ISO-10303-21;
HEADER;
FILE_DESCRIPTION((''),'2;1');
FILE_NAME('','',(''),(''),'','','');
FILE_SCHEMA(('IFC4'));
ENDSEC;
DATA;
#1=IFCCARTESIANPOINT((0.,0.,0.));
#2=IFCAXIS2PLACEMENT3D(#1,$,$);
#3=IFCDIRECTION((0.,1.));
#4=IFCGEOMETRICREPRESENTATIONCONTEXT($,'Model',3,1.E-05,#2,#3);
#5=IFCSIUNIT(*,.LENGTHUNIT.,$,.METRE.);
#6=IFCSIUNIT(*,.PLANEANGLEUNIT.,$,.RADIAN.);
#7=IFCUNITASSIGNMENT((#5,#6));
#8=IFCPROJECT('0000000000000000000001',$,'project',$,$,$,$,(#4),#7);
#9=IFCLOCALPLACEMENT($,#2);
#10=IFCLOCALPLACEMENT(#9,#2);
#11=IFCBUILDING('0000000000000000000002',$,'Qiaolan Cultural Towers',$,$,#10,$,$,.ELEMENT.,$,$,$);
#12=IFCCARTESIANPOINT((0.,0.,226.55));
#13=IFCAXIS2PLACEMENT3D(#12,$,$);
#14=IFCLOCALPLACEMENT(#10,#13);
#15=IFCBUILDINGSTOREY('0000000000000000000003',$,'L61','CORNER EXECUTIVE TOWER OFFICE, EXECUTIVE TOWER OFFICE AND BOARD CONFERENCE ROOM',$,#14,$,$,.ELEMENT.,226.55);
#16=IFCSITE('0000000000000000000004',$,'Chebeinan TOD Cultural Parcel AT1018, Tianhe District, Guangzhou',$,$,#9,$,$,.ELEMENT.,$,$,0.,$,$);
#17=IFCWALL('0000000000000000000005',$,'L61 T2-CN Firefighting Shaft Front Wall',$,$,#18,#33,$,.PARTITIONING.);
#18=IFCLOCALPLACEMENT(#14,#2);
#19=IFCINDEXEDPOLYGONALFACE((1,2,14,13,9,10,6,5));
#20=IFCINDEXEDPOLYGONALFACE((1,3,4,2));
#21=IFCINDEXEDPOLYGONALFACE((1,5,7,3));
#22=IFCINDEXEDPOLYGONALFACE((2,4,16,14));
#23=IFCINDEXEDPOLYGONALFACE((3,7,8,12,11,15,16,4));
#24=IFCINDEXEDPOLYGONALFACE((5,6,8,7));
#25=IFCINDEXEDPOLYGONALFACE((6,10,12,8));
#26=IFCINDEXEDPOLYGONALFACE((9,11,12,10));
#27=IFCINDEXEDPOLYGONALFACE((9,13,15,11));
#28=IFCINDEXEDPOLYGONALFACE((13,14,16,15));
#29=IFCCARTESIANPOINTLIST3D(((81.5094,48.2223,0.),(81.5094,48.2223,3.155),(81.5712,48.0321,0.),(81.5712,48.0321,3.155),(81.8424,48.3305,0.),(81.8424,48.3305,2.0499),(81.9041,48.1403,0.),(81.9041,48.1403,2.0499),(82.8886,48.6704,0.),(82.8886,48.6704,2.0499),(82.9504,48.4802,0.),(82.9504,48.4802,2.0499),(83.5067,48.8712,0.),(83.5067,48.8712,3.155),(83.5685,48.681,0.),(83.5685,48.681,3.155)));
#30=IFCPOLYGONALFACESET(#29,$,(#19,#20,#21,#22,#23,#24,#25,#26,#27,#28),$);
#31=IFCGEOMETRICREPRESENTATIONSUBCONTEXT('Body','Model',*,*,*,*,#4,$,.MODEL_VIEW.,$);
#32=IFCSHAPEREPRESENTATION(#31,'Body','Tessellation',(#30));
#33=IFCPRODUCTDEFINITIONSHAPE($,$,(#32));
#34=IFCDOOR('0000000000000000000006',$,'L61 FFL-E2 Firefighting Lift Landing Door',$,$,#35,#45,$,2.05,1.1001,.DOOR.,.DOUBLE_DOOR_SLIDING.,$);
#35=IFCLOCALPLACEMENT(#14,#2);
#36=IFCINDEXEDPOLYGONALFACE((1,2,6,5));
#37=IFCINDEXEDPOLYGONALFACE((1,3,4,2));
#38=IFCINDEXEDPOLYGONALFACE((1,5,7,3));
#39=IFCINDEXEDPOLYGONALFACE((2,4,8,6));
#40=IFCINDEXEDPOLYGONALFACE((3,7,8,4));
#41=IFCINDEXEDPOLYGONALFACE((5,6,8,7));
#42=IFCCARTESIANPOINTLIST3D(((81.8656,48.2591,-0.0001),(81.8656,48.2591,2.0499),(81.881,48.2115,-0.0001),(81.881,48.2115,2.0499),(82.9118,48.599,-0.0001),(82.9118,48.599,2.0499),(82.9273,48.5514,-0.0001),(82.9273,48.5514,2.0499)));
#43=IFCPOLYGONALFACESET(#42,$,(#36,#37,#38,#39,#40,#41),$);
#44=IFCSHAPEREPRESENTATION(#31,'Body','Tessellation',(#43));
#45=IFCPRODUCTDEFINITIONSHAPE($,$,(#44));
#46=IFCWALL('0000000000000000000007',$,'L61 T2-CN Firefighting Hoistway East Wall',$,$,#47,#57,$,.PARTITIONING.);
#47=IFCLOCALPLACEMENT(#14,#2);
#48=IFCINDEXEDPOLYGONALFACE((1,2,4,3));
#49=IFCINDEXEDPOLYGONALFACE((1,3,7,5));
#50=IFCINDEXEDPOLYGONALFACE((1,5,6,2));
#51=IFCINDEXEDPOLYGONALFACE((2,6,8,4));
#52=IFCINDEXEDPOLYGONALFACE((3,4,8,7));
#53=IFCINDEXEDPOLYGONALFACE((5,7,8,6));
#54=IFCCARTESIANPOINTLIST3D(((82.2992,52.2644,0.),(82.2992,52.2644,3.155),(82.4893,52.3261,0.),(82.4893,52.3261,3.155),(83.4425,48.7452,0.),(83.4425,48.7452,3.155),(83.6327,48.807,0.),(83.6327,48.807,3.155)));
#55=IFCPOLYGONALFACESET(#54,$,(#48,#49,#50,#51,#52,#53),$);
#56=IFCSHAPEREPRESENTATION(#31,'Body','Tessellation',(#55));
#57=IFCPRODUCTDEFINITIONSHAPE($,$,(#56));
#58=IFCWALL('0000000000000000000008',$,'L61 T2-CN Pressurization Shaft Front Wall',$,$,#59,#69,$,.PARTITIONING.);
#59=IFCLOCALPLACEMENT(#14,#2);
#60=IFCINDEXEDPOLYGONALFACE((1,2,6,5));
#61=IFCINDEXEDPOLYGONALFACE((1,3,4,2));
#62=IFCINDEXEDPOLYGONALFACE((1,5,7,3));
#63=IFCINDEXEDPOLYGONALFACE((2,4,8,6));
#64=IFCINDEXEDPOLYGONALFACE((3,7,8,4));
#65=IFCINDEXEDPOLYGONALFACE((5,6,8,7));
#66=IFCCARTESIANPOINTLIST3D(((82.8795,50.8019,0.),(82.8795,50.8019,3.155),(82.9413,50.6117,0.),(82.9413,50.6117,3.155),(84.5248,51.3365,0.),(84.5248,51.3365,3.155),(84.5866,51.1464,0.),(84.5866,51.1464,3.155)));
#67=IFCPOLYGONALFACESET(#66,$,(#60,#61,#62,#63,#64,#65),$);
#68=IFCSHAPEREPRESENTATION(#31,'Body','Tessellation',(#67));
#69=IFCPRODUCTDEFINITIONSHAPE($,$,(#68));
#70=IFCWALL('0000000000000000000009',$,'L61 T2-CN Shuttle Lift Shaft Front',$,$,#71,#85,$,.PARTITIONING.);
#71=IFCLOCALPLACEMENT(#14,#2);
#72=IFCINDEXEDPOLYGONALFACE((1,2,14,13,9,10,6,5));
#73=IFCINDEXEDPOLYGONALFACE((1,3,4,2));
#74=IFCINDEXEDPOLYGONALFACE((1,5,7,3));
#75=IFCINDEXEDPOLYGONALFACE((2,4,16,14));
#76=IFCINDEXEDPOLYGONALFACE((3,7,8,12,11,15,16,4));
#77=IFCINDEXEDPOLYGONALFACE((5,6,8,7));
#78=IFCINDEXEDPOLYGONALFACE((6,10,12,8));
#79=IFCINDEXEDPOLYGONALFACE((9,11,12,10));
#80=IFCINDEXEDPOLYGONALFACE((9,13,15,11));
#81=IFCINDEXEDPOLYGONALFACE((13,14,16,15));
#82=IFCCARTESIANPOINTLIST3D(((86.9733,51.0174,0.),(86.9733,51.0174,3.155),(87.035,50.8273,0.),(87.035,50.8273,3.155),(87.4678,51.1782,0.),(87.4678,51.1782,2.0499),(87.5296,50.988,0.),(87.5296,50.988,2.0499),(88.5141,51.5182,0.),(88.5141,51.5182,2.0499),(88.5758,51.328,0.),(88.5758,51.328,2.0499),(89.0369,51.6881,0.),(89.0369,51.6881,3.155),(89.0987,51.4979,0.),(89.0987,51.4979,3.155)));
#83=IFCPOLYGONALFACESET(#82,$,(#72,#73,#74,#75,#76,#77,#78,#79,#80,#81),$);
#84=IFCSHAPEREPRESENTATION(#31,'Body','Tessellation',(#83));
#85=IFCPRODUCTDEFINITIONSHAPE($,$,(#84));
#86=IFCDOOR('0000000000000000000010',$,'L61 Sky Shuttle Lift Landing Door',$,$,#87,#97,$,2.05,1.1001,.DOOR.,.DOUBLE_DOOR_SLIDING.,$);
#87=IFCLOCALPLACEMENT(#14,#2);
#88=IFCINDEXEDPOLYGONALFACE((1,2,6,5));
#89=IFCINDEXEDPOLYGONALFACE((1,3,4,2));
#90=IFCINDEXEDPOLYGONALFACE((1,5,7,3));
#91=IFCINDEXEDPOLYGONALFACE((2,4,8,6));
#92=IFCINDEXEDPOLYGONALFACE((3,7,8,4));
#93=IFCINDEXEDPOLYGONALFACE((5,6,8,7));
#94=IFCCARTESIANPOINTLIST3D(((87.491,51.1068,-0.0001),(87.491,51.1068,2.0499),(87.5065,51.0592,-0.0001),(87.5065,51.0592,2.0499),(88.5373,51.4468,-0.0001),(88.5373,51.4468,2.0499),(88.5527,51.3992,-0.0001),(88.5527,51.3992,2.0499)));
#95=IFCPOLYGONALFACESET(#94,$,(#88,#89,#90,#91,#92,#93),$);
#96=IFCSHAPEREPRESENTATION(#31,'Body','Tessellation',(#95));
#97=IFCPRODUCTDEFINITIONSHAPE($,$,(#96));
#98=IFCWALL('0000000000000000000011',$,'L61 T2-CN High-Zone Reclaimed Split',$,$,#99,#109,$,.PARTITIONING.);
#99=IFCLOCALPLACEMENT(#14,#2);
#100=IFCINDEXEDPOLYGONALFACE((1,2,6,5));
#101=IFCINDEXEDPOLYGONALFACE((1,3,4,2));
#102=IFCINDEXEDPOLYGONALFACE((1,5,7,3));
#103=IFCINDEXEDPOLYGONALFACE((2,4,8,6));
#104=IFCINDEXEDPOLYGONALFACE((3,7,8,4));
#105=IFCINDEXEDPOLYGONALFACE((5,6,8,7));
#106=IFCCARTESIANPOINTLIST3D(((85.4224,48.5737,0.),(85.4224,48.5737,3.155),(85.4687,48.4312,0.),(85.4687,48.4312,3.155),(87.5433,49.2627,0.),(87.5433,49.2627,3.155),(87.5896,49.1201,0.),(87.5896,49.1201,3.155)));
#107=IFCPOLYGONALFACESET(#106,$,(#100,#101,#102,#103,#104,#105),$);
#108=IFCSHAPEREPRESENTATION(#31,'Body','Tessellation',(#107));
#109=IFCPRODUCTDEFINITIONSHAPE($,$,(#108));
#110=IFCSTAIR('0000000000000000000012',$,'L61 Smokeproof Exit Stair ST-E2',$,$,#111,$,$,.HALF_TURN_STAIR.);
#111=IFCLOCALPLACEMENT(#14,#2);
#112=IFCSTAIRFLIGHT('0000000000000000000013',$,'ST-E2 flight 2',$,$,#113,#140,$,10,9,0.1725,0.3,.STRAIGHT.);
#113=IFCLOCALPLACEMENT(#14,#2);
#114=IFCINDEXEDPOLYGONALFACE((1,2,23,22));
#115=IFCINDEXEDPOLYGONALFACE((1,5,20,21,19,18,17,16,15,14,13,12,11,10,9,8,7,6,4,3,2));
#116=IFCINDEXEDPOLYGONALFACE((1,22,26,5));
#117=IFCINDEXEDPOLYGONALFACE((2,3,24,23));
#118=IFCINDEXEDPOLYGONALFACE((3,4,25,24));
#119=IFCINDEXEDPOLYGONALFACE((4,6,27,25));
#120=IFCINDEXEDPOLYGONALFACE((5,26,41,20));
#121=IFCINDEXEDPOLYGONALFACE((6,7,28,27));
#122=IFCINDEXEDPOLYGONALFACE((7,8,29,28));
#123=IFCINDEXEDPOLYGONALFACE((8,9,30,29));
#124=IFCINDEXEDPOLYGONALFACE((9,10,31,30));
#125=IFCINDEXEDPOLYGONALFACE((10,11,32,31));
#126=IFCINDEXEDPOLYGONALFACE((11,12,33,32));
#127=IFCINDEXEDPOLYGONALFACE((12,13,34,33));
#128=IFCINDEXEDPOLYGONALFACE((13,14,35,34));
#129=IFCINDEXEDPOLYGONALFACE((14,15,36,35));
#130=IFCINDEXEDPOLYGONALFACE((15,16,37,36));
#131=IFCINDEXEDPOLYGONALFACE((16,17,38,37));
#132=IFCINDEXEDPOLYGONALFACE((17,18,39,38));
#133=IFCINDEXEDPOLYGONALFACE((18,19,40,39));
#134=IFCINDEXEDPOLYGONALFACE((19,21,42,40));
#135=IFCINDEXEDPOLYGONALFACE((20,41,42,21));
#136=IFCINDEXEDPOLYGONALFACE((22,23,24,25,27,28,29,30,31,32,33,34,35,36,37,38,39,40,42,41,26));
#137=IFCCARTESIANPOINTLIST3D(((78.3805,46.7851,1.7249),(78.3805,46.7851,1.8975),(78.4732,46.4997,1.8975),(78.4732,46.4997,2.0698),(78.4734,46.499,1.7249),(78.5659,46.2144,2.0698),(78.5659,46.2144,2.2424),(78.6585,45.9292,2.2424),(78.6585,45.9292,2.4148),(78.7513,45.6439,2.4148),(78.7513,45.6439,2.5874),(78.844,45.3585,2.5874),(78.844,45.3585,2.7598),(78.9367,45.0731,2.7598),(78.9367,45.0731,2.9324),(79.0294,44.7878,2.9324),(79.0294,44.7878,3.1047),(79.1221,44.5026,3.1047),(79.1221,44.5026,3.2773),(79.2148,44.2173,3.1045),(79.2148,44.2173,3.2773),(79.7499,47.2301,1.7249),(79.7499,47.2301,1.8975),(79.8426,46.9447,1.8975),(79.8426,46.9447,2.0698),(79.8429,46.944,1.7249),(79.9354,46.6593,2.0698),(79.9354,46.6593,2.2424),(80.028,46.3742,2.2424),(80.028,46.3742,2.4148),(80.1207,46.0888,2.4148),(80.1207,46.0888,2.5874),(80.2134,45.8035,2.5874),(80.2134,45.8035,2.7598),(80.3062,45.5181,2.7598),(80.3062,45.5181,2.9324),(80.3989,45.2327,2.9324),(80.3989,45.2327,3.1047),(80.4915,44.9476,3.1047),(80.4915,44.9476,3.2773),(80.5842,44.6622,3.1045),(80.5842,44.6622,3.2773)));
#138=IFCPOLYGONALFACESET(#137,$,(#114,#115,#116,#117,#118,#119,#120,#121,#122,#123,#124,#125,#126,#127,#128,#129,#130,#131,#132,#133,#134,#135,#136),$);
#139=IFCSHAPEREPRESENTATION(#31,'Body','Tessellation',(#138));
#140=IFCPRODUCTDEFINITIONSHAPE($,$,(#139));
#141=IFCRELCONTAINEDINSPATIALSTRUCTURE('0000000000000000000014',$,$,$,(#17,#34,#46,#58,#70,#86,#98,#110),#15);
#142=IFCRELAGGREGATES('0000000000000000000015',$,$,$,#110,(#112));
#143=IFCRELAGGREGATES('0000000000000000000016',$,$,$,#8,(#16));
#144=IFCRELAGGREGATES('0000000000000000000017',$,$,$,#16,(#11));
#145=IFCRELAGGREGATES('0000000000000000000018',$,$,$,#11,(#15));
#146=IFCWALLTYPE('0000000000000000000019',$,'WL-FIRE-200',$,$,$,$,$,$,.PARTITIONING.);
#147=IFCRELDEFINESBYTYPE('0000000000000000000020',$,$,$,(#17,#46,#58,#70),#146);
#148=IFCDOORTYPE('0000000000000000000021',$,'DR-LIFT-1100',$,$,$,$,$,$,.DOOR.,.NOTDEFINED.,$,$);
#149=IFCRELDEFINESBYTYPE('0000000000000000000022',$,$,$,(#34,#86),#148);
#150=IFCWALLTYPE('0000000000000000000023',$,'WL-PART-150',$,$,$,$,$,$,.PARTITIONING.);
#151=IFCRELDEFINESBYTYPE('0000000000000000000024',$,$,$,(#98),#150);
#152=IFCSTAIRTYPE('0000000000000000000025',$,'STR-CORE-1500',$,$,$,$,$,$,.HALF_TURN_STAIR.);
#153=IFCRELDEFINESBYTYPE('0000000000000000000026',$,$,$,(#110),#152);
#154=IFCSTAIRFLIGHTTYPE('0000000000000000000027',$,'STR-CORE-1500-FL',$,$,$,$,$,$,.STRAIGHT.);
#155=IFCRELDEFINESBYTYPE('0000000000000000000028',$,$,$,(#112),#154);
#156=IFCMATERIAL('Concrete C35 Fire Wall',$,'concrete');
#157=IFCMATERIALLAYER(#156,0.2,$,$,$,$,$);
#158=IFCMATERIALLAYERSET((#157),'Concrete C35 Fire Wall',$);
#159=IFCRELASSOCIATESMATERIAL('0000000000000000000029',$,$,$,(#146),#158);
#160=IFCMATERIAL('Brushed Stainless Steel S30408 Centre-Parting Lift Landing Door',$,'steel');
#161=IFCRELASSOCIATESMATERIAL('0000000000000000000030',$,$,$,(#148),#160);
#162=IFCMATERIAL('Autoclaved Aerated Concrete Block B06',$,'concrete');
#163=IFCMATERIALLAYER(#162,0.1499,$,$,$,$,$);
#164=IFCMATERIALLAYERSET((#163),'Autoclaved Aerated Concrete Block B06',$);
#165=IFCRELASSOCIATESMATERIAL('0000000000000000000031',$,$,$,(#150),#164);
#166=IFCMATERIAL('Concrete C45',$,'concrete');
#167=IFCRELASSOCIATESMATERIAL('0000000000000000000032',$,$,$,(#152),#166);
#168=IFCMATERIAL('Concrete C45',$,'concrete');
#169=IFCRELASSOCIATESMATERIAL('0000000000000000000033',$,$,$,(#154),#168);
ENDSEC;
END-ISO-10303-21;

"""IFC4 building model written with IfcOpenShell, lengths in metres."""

from ifc_helpers import new_model, si_unit, direction, frame, frame_2d, origin, place, context, subcontext, project, spatial, polyline, rectangle, outline, extrude, material, layer, layer_set, type_object, element, fill, aggregate, save


model = new_model("IFC4")

# Units and contexts
model_context = context("Model", 3, precision=1e-05, world=origin(), true_north=direction((0.0, 1.0)))
body_context = subcontext(model_context, "Body", "Model", "MODEL_VIEW")
ifc_project = project(units=[si_unit("LENGTHUNIT", "METRE"), si_unit("PLANEANGLEUNIT", "RADIAN")], contexts=[model_context])

# Site, building, storey
site_placement = place(None, origin())
site = spatial("IfcSite", under=ifc_project, at=site_placement, Name="Chebeinan TOD Cultural Parcel AT1018, Tianhe District, Guangzhou", CompositionType="ELEMENT", RefElevation=0.0)
building_placement = place(site_placement, origin())
building = spatial("IfcBuilding", under=site, at=building_placement, Name="Qiaolan Cultural Towers", CompositionType="ELEMENT")
storey_placement = place(building_placement, frame((0.0, 0.0, 226.55)))
storey = spatial("IfcBuildingStorey", under=building, at=storey_placement, Name="L61", Description="CORNER EXECUTIVE TOWER OFFICE, EXECUTIVE TOWER OFFICE AND BOARD CONFERENCE ROOM", CompositionType="ELEMENT", Elevation=226.55)

# Wall, opening, door
ifc_material_1 = material(Name="Concrete C35 Fire Wall", Category="concrete")
ifc_layer_1 = layer(ifc_material_1, 0.2)
ifc_layer_set_1 = layer_set([ifc_layer_1], Name="Concrete C35 Fire Wall")
wall_type_1 = type_object("IfcWallType", Name="WL-FIRE-200", PredefinedType="PARTITIONING", material=ifc_layer_set_1)
wall_1_placement = place(storey_placement, frame((81.5403, 48.1272, 0.0), z_axis=(0.0, 0.0, 1.0), x_axis=(0.951062, 0.308999, 0.0)))
wall_1 = element("IfcWall", 1, at=wall_1_placement, inside=storey, type_object=wall_type_1, Name="L61 T2-CN Firefighting Shaft Front Wall", PredefinedType="PARTITIONING", context=body_context, shape_type="SweptSolid", body=[
    extrude(rectangle(XDim=2.1001, YDim=0.2, at=frame_2d((1.05, 0.0))), origin(), (0.0, 0.0, 1.0), 3.155),
])
opening_1_placement = place(wall_1_placement, frame((0.3501, 0.0, 0.0)))
opening_1 = element("IfcOpeningElement", 2, at=opening_1_placement, cuts=wall_1, PredefinedType="OPENING", context=body_context, shape_type="SweptSolid", body=[
    extrude(rectangle(XDim=1.1001, YDim=2.05, at=frame_2d((0.55, 1.0249))), frame((0.0, 0.1099, 0.0), z_axis=(0.0, -1.0, 0.0), x_axis=(1.0, 0.0, 0.0)), (0.0, 0.0, 1.0), 0.22),
])
ifc_material_2 = material(Name="Brushed Stainless Steel S30408 Centre-Parting Lift Landing Door", Category="steel")
door_type = type_object("IfcDoorType", Name="DR-LIFT-1100", OperationType="NOTDEFINED", PredefinedType="DOOR", material=ifc_material_2)
door_1_placement = place(opening_1_placement, origin())
door_1 = element("IfcDoor", 3, at=door_1_placement, inside=storey, type_object=door_type, Name="L61 FFL-E2 Firefighting Lift Landing Door", OperationType="DOUBLE_DOOR_SLIDING", OverallHeight=2.05, OverallWidth=1.1001, PredefinedType="DOOR", context=body_context, shape_type="SweptSolid", body=[
    extrude(rectangle(XDim=1.1001, YDim=2.05, at=frame_2d((0.55, 1.0249))), frame((0.0, 0.0249, 0.0), z_axis=(0.0, -1.0, 0.0), x_axis=(1.0, 0.0, 0.0)), (0.0, 0.0, 1.0), 0.05),
])
fill(opening_1, door_1)

# Walls
wall_2_placement = place(storey_placement, frame((83.5376, 48.7761, 0.0), z_axis=(0.0, 0.0, 1.0), x_axis=(-0.308994, 0.951064, 0.0)))
element("IfcWall", 4, at=wall_2_placement, inside=storey, type_object=wall_type_1, Name="L61 T2-CN Firefighting Hoistway East Wall", PredefinedType="PARTITIONING", context=body_context, shape_type="SweptSolid", body=[
    extrude(rectangle(XDim=3.7002, YDim=0.2, at=frame_2d((1.8501, 0.0))), origin(), (0.0, 0.0, 1.0), 3.155),
])
wall_3_placement = place(storey_placement, frame((82.9104, 50.7068, 0.0), z_axis=(0.0, 0.0, 1.0), x_axis=(0.951041, 0.309064, 0.0)))
element("IfcWall", 5, at=wall_3_placement, inside=storey, type_object=wall_type_1, Name="L61 T2-CN Pressurization Shaft Front Wall", PredefinedType="PARTITIONING", context=body_context, shape_type="SweptSolid", body=[
    extrude(rectangle(XDim=1.73, YDim=0.2, at=frame_2d((0.865, 0.0))), origin(), (0.0, 0.0, 1.0), 3.155),
])

# Wall, opening, door
wall_4_placement = place(storey_placement, frame((87.0042, 50.9224, 0.0), z_axis=(0.0, 0.0, 1.0), x_axis=(0.951042, 0.309063, 0.0)))
wall_4 = element("IfcWall", 6, at=wall_4_placement, inside=storey, type_object=wall_type_1, Name="L61 T2-CN Shuttle Lift Shaft Front", PredefinedType="PARTITIONING", context=body_context, shape_type="SweptSolid", body=[
    extrude(rectangle(XDim=2.1699, YDim=0.2, at=frame_2d((1.085, 0.0))), origin(), (0.0, 0.0, 1.0), 3.155),
])
opening_2_placement = place(wall_4_placement, frame((0.52, 0.0, 0.0)))
opening_2 = element("IfcOpeningElement", 7, at=opening_2_placement, cuts=wall_4, PredefinedType="OPENING", context=body_context, shape_type="SweptSolid", body=[
    extrude(rectangle(XDim=1.1001, YDim=2.05, at=frame_2d((0.55, 1.0249))), frame((0.0, 0.1099, 0.0), z_axis=(0.0, -1.0, 0.0), x_axis=(1.0, 0.0, 0.0)), (0.0, 0.0, 1.0), 0.22),
])
door_2_placement = place(opening_2_placement, origin())
door_2 = element("IfcDoor", 8, at=door_2_placement, inside=storey, type_object=door_type, Name="L61 Sky Shuttle Lift Landing Door", OperationType="DOUBLE_DOOR_SLIDING", OverallHeight=2.05, OverallWidth=1.1001, PredefinedType="DOOR", context=body_context, shape_type="SweptSolid", body=[
    extrude(rectangle(XDim=1.1001, YDim=2.05, at=frame_2d((0.55, 1.0249))), frame((0.0, 0.0249, 0.0), z_axis=(0.0, -1.0, 0.0), x_axis=(1.0, 0.0, 0.0)), (0.0, 0.0, 1.0), 0.05),
])
fill(opening_2, door_2)

# Wall
ifc_material_3 = material(Name="Autoclaved Aerated Concrete Block B06", Category="concrete")
ifc_layer_2 = layer(ifc_material_3, 0.1499)
ifc_layer_set_2 = layer_set([ifc_layer_2], Name="Autoclaved Aerated Concrete Block B06")
wall_type_2 = type_object("IfcWallType", Name="WL-PART-150", PredefinedType="PARTITIONING", material=ifc_layer_set_2)
wall_5_placement = place(storey_placement, frame((85.4456, 48.5024, 0.0), z_axis=(0.0, 0.0, 1.0), x_axis=(0.951075, 0.30896, 0.0)))
element("IfcWall", 9, at=wall_5_placement, inside=storey, type_object=wall_type_2, Name="L61 T2-CN High-Zone Reclaimed Split", PredefinedType="PARTITIONING", context=body_context, shape_type="SweptSolid", body=[
    extrude(rectangle(XDim=2.23, YDim=0.1499, at=frame_2d((1.115, 0.0))), origin(), (0.0, 0.0, 1.0), 3.155),
])

# Stair, stair flight
ifc_material_4 = material(Name="Concrete C45", Category="concrete")
stair_type = type_object("IfcStairType", Name="STR-CORE-1500", PredefinedType="HALF_TURN_STAIR", material=ifc_material_4)
stair_placement = place(storey_placement, origin())
stair = element("IfcStair", 10, at=stair_placement, inside=storey, type_object=stair_type, Name="L61 Smokeproof Exit Stair ST-E2", PredefinedType="HALF_TURN_STAIR")
ifc_material_5 = material(Name="Concrete C45", Category="concrete")
stair_flight_type = type_object("IfcStairFlightType", Name="STR-CORE-1500-FL", PredefinedType="STRAIGHT", material=ifc_material_5)
stair_flight_placement = place(storey_placement, frame((79.0652, 47.0076, 1.7249), z_axis=(0.0, 0.0, 1.0), x_axis=(0.309017, -0.951057, 0.0)))
stair_flight = element("IfcStairFlight", 11, at=stair_flight_placement, type_object=stair_flight_type, Name="ST-E2 flight 2", NumberOfRisers=10, NumberOfTreads=9, PredefinedType="STRAIGHT", RiserHeight=0.1725, TreadLength=0.3, context=body_context, shape_type="SweptSolid", body=[
    extrude(outline(polyline([(0.0, 0.0), (0.0, 0.1726), (0.3, 0.1726), (0.3, 0.345), (0.6001, 0.345), (0.6001, 0.5176), (0.8999, 0.5176), (0.8999, 0.6899), (1.2, 0.6899), (1.2, 0.8625), (1.5, 0.8625), (1.5, 1.0349), (1.8, 1.0349), (1.8, 1.2075), (2.1001, 1.2075), (2.1001, 1.3799), (2.3999, 1.3799), (2.3999, 1.5525), (2.7, 1.5525), (2.7, 1.7251), (2.7, 1.3796), (0.3008, 0.0), (0.0, 0.0)])), frame((0.0, 0.72, 0.0), z_axis=(0.0, -1.0, 0.0), x_axis=(1.0, 0.0, 0.0)), (0.0, 0.0, 1.0), 1.4399),
])
aggregate(stair, [stair_flight])

save(model, "model.ifc")
